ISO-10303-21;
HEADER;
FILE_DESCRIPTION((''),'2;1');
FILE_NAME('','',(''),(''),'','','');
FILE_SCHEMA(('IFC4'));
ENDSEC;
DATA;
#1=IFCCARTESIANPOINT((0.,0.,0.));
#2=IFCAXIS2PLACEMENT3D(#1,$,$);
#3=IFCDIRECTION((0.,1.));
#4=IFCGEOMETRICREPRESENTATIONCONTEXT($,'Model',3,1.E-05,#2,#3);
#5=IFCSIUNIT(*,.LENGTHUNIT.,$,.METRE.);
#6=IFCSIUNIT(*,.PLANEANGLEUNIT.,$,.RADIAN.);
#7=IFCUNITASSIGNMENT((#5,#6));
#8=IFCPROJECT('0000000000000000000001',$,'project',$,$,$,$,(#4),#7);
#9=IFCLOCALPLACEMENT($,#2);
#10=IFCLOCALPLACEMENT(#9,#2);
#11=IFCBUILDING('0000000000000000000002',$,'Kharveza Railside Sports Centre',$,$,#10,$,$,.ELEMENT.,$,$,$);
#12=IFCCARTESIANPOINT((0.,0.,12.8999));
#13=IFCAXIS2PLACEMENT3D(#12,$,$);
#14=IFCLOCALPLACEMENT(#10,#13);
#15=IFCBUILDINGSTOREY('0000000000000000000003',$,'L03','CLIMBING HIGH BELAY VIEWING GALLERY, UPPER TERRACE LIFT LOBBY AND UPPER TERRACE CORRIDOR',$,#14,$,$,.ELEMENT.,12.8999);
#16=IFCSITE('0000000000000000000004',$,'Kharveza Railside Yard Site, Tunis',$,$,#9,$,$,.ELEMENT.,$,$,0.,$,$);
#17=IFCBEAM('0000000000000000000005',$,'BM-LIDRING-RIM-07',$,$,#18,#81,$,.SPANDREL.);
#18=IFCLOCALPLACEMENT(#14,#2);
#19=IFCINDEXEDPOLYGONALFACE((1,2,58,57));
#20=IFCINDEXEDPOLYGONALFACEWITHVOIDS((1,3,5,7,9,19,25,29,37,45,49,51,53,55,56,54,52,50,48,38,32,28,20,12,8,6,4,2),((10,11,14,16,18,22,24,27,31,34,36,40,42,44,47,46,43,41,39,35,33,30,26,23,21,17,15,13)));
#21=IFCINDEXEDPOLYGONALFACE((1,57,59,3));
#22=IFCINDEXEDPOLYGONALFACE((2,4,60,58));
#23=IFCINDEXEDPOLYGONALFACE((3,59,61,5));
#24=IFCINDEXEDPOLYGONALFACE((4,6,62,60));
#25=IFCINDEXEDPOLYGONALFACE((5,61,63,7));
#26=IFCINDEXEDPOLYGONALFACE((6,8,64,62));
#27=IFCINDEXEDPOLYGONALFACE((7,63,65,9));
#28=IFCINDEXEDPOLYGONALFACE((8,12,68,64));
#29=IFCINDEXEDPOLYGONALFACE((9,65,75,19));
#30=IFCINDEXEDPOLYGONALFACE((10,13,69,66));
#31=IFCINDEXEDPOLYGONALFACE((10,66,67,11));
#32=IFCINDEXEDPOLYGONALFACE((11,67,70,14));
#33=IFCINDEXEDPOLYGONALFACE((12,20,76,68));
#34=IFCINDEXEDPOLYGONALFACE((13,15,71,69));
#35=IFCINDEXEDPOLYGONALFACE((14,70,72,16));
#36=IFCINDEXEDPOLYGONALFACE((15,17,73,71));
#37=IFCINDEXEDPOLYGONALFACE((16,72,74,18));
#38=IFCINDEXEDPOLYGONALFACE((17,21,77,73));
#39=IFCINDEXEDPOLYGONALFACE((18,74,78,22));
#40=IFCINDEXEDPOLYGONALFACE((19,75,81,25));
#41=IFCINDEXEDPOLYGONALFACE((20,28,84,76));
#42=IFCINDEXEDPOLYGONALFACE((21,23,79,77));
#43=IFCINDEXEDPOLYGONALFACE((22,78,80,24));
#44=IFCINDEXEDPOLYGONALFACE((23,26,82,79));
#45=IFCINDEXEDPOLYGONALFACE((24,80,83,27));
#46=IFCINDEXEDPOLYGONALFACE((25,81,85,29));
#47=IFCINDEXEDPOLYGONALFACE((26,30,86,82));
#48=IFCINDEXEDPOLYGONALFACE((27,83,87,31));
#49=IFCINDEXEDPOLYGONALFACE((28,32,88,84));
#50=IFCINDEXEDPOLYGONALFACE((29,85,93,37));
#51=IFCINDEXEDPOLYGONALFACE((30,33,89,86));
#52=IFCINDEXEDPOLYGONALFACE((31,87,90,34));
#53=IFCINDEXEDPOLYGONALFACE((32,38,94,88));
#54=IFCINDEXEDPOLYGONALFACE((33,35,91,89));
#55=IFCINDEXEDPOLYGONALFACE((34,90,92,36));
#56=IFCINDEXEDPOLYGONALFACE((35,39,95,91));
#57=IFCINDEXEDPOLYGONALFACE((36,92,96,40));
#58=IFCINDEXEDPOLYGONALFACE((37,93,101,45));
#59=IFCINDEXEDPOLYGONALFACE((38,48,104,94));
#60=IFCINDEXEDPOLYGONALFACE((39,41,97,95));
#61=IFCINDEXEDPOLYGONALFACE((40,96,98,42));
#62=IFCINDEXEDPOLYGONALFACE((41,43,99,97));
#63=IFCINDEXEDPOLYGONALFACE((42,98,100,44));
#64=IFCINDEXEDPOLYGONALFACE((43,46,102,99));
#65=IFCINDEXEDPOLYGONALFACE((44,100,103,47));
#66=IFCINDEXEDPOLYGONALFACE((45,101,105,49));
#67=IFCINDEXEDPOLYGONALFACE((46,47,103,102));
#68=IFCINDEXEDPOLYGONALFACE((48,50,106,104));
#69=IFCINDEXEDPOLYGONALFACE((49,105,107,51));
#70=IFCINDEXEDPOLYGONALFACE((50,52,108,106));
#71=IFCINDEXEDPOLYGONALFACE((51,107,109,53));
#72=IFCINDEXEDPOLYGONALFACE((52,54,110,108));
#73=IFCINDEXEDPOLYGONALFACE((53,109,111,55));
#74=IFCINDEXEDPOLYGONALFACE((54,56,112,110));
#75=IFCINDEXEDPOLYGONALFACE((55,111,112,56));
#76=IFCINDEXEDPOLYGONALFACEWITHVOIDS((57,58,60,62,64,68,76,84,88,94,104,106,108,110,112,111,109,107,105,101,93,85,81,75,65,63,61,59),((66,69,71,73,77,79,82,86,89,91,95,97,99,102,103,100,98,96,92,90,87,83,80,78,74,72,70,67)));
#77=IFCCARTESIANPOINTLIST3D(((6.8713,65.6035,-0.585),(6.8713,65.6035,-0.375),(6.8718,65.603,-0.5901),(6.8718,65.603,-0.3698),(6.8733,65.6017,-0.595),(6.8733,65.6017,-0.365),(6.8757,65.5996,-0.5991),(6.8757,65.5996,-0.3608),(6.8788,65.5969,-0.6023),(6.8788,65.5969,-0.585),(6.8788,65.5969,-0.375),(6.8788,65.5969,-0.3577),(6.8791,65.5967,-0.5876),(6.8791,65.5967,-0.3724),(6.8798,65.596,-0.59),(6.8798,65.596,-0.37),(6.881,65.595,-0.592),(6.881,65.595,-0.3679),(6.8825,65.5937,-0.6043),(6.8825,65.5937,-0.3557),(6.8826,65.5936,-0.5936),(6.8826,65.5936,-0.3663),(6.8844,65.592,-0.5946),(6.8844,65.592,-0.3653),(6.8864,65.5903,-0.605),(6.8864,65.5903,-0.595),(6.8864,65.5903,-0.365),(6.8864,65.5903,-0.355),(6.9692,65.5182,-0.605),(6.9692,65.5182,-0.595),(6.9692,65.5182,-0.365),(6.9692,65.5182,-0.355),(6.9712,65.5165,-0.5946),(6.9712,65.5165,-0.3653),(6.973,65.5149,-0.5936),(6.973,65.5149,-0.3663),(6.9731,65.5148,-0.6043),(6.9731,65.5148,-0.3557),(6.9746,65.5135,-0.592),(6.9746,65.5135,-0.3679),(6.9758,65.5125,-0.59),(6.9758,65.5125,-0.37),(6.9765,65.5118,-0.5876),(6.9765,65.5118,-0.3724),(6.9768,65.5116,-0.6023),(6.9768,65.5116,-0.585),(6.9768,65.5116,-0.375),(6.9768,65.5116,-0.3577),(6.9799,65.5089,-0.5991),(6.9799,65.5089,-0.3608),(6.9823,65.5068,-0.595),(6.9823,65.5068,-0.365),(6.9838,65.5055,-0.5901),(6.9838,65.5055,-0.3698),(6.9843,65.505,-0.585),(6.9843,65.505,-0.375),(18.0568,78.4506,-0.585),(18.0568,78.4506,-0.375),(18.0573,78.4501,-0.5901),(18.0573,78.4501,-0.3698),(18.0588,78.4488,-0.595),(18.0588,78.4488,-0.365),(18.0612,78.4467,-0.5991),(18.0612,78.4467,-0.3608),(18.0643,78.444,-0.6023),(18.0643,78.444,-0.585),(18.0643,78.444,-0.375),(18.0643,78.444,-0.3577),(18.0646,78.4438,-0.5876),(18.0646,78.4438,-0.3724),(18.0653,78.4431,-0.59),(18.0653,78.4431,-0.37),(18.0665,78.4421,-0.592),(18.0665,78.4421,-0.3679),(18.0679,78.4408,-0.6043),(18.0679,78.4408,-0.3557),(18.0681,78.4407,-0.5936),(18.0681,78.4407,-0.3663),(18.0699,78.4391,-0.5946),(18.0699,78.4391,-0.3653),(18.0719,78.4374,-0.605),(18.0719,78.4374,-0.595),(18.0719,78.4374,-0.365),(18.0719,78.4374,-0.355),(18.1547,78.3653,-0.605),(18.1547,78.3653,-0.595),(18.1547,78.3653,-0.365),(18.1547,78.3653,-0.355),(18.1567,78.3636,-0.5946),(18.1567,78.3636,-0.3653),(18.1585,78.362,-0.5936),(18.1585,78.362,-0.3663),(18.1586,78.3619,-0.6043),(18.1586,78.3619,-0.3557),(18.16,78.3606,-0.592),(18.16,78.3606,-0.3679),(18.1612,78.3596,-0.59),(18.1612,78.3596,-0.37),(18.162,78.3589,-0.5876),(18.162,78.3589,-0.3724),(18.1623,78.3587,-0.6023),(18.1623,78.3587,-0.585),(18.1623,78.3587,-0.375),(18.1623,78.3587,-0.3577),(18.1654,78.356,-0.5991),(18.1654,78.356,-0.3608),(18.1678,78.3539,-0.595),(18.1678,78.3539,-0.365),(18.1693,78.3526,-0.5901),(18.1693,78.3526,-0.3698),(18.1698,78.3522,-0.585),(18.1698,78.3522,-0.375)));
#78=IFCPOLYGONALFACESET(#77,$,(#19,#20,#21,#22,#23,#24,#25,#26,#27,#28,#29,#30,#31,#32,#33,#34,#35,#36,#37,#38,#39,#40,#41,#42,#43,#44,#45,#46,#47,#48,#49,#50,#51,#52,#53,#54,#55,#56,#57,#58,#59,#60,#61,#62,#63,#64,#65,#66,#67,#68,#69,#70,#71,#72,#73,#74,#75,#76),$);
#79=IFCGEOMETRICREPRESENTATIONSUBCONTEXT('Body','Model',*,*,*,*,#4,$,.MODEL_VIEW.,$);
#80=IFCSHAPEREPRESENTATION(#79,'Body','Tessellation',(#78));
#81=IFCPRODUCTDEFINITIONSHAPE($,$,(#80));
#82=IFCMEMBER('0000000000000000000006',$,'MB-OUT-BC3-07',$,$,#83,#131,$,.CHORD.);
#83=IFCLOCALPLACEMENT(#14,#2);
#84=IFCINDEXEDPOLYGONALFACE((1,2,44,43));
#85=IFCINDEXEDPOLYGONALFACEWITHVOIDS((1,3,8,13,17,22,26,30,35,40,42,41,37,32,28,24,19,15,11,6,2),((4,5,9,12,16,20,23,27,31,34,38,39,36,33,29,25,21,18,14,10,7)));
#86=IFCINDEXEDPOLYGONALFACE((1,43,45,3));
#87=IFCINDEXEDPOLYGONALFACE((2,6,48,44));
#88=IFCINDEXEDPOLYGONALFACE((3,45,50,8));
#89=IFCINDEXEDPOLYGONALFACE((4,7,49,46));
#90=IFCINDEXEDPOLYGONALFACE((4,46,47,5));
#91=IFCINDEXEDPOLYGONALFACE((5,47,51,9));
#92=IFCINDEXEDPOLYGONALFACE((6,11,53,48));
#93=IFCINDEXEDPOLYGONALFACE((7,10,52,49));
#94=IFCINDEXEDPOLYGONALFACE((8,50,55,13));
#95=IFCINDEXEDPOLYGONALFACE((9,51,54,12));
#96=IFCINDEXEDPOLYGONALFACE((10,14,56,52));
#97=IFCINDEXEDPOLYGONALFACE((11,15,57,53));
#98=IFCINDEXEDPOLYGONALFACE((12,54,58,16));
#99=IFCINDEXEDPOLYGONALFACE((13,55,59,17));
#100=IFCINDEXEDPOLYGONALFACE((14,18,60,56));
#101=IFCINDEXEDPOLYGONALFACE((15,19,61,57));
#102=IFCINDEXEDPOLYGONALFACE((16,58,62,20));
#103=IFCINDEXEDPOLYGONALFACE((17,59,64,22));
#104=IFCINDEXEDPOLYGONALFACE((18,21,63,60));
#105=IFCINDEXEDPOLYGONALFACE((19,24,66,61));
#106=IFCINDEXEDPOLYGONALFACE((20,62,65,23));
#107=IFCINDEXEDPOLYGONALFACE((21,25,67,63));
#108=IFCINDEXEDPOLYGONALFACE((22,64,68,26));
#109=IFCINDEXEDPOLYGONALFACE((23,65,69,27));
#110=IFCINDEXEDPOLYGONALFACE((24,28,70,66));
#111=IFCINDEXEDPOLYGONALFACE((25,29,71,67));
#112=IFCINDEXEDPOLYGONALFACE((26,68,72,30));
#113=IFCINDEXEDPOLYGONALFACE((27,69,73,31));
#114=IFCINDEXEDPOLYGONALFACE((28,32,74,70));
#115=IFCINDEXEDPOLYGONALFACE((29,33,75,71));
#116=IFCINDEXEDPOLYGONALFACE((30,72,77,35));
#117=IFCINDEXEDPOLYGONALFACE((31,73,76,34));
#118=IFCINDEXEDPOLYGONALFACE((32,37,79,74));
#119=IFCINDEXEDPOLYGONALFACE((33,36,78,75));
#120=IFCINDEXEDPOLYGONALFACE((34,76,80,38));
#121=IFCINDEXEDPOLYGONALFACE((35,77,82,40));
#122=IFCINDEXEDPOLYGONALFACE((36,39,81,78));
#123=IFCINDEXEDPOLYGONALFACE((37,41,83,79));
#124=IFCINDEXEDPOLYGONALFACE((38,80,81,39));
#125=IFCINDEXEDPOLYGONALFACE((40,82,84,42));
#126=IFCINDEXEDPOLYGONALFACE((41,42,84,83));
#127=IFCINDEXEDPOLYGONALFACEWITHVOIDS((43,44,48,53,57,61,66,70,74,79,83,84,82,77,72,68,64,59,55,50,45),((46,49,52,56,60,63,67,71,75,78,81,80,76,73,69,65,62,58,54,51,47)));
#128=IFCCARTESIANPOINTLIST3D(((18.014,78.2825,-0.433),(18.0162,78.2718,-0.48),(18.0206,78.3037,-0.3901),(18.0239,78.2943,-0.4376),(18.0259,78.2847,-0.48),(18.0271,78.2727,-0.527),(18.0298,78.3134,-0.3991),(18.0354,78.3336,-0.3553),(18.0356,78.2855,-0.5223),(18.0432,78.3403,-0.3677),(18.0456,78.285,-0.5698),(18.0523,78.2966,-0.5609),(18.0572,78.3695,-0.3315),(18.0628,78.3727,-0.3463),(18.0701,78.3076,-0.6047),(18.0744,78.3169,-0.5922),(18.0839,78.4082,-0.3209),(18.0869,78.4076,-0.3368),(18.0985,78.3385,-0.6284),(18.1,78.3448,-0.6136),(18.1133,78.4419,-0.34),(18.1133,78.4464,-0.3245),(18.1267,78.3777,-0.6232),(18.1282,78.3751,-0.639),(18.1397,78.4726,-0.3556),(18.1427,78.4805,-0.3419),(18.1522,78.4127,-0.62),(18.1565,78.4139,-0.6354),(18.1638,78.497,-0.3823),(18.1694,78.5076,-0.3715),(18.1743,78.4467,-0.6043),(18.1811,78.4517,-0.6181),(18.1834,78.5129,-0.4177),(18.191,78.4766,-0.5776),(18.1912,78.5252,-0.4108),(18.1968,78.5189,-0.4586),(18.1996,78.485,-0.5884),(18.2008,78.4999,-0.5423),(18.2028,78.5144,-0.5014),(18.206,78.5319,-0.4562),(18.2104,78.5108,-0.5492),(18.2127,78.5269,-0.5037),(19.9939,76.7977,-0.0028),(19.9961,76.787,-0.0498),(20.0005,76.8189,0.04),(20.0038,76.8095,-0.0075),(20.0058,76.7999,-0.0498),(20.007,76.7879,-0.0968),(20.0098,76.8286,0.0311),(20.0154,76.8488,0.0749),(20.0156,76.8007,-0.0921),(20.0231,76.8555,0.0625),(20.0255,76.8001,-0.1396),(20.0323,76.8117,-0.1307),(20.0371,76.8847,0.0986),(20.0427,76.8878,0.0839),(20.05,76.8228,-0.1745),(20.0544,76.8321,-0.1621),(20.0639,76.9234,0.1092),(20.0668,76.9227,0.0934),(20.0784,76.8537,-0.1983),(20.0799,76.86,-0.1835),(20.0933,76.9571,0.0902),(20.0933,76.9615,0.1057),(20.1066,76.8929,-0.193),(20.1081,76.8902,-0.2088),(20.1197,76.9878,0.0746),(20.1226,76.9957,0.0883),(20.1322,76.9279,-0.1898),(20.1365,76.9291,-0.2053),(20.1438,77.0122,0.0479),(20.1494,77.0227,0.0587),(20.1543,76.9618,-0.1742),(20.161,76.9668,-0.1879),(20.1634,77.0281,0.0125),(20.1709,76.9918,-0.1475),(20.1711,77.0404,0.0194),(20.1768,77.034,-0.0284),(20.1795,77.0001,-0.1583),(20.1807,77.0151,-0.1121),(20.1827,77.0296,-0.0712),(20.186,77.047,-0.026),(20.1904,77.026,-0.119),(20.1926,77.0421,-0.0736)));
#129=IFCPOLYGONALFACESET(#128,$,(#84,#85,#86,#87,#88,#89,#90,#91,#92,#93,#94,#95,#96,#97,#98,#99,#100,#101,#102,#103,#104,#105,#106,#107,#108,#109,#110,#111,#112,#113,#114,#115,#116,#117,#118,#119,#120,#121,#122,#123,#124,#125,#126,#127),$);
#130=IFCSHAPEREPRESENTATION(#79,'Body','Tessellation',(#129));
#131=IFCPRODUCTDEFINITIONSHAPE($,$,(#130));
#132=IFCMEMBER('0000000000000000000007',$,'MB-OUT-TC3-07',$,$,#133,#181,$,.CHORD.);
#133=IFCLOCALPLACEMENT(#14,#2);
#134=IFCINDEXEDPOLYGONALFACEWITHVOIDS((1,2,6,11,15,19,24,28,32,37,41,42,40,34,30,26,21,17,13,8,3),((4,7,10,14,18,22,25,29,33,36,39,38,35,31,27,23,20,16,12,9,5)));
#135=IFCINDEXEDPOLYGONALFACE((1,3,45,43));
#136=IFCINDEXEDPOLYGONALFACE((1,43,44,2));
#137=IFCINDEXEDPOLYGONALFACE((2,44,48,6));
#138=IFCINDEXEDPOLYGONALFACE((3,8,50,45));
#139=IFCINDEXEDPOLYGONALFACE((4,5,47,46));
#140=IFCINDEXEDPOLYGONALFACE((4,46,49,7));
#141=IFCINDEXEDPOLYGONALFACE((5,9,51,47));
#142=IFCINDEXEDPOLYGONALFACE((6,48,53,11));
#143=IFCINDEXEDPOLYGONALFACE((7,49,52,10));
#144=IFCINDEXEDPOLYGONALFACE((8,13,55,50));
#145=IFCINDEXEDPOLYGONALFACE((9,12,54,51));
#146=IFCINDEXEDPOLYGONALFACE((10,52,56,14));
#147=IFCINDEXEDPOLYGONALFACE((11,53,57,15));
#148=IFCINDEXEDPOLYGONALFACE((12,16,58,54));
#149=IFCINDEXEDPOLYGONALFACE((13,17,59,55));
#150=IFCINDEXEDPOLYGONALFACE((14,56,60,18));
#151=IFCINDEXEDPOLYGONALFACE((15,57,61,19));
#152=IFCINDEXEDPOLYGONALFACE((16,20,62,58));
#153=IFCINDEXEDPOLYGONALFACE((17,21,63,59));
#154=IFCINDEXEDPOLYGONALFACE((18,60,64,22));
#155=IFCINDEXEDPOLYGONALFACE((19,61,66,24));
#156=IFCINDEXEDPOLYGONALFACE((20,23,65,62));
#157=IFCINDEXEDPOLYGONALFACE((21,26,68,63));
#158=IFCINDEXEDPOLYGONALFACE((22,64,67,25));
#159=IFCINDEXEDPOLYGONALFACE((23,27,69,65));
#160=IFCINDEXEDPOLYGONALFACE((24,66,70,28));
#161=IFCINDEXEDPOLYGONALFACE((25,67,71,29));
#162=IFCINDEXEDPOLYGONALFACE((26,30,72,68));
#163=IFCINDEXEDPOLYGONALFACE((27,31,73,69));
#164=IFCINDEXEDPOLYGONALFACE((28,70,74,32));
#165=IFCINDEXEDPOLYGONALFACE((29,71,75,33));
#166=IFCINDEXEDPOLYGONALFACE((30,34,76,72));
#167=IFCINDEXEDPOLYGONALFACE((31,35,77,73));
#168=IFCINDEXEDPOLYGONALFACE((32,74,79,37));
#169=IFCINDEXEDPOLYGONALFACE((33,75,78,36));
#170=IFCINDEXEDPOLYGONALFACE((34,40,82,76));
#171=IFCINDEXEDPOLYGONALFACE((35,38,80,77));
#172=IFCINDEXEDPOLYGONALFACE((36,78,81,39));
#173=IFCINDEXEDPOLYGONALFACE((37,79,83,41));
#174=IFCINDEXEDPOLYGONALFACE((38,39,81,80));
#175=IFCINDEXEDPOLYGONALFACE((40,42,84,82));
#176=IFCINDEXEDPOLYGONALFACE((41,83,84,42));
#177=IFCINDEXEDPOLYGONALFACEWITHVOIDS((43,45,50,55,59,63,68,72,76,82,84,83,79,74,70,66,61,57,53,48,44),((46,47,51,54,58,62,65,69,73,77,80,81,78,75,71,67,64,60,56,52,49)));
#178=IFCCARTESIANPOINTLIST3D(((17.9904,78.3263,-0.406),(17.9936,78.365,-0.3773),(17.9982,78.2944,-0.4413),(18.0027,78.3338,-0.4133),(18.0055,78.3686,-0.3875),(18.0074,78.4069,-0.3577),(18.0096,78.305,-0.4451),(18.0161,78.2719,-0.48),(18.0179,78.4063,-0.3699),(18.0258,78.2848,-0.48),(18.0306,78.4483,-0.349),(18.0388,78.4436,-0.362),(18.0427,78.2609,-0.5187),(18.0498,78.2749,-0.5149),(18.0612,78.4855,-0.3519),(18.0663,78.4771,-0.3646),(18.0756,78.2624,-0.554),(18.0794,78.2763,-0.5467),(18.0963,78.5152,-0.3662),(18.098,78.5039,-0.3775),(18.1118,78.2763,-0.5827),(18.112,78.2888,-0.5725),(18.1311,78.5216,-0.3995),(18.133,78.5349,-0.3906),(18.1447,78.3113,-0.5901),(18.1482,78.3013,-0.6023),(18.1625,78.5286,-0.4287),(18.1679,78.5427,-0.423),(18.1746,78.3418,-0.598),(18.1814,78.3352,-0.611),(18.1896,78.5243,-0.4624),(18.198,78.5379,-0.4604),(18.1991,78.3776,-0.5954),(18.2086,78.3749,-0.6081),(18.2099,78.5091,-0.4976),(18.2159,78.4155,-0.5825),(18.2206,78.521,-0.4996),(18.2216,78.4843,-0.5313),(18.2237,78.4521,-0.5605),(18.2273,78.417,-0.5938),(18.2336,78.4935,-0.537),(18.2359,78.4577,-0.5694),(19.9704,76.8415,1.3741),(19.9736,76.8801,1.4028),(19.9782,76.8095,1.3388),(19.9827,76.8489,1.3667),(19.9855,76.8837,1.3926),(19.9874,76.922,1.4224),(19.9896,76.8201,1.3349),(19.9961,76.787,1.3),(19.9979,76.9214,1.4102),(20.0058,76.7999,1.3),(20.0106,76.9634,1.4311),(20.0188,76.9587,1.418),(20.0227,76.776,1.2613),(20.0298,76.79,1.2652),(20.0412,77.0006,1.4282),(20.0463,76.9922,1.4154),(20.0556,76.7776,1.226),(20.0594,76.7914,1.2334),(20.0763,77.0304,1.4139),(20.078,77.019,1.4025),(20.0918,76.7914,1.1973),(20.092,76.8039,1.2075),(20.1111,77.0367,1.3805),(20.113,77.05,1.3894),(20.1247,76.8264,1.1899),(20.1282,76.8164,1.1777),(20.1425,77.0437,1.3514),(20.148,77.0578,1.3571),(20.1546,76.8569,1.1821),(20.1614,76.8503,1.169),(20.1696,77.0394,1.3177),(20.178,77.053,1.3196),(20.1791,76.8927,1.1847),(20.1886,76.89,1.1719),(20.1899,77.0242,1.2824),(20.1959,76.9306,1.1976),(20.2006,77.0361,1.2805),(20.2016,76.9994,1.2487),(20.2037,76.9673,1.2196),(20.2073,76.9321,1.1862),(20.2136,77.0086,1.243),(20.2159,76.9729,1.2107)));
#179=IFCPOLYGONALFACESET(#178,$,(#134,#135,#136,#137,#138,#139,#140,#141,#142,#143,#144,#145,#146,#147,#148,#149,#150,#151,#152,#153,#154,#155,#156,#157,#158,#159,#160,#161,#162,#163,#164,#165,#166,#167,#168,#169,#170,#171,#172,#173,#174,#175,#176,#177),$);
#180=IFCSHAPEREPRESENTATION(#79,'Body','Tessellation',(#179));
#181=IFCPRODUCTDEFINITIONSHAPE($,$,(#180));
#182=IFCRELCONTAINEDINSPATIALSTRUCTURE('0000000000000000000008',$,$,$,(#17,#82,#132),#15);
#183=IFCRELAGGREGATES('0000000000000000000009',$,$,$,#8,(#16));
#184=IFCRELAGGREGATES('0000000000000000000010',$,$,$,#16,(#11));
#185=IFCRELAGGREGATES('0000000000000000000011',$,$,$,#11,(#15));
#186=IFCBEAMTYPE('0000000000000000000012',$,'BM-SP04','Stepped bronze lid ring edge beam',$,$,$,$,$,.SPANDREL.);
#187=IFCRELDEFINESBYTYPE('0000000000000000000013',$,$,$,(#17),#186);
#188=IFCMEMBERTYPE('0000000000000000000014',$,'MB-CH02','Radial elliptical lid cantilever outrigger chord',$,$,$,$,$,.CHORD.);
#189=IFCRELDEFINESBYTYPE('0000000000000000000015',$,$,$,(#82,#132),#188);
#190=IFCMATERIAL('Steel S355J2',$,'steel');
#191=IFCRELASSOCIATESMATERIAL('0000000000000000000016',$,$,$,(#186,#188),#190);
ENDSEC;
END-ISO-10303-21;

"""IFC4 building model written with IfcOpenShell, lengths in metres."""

from ifc_helpers import new_model, si_unit, direction, frame, origin, origin_2d, place, context, subcontext, project, spatial, hollow_rectangle, hollow_circle, extrude, material, material_profile, profile_set, type_object, element, save


model = new_model("IFC4")

# Units and contexts
model_context = context("Model", 3, precision=1e-05, world=origin(), true_north=direction((0.0, 1.0)))
body_context = subcontext(model_context, "Body", "Model", "MODEL_VIEW")
ifc_project = project(units=[si_unit("LENGTHUNIT", "METRE"), si_unit("PLANEANGLEUNIT", "RADIAN")], contexts=[model_context])

# Site, building, storey
site_placement = place(None, origin())
site = spatial("IfcSite", under=ifc_project, at=site_placement, Name="Kharveza Railside Yard Site, Tunis", CompositionType="ELEMENT", RefElevation=0.0)
building_placement = place(site_placement, origin())
building = spatial("IfcBuilding", under=site, at=building_placement, Name="Kharveza Railside Sports Centre", CompositionType="ELEMENT")
storey_placement = place(building_placement, frame((0.0, 0.0, 12.8999)))
storey = spatial("IfcBuildingStorey", under=building, at=storey_placement, Name="L03", Description="CLIMBING HIGH BELAY VIEWING GALLERY, UPPER TERRACE LIFT LOBBY AND UPPER TERRACE CORRIDOR", CompositionType="ELEMENT", Elevation=12.8999)

# Shared definitions
ifc_material_1 = material(Name="Steel S355J2", Category="steel")

# Beam
ifc_material_profile_1 = material_profile(ifc_material_1, hollow_rectangle(XDim=0.1499, YDim=0.25, WallThickness=0.01, InnerFilletRadius=0.01, OuterFilletRadius=0.02, at=origin_2d()), Name="RHS 150x250x10.0")
ifc_profile_set_1 = profile_set([ifc_material_profile_1], Name="Steel S355J2")
beam_type_1 = type_object("IfcBeamType", Name="BM-SP04", Description="Stepped bronze lid ring edge beam", PredefinedType="SPANDREL", material=ifc_profile_set_1)
beam_1_placement = place(storey_placement, frame((18.1133, 78.4014, -0.48), z_axis=(-0.65665, -0.754196, 0.0), x_axis=(0.754196, -0.65665, 0.0)))
element("IfcBeam", 1, at=beam_1_placement, inside=storey, type_object=beam_type_1, Name="BM-LIDRING-RIM-07", PredefinedType="SPANDREL", context=body_context, shape_type="SweptSolid", body=[
    extrude(hollow_rectangle(XDim=0.1499, YDim=0.25, WallThickness=0.01, InnerFilletRadius=0.01, OuterFilletRadius=0.02, at=origin_2d()), origin(), (0.0, 0.0, 1.0), 17.0342),
])

# Members
ifc_material_profile_2 = material_profile(ifc_material_1, hollow_circle(Radius=0.1619, WallThickness=0.0161, at=origin_2d()), Name="CHS 323.9x16.0")
ifc_profile_set_2 = profile_set([ifc_material_profile_2], Name="Steel S355J2")
member_type_1 = type_object("IfcMemberType", Name="MB-CH02", Description="Radial elliptical lid cantilever outrigger chord", PredefinedType="CHORD", material=ifc_profile_set_2)
member_1_placement = place(storey_placement, frame((20.0933, 76.9165, -0.0498), z_axis=(-0.788206, 0.591106, -0.171248), x_axis=(-0.599968, -0.800024, 0.0)))
element("IfcMember", 2, at=member_1_placement, inside=storey, type_object=member_type_1, Name="MB-OUT-BC3-07", PredefinedType="CHORD", context=body_context, shape_type="SweptSolid", body=[
    extrude(hollow_circle(Radius=0.1619, WallThickness=0.0161, at=origin_2d()), origin(), (0.0, 0.0, 1.0), 2.512),
])
member_2_placement = place(storey_placement, frame((20.0933, 76.9165, 1.3), z_axis=(-0.649483, 0.487072, -0.583894), x_axis=(-0.599968, -0.800024, 0.0)))
element("IfcMember", 3, at=member_2_placement, inside=storey, type_object=member_type_1, Name="MB-OUT-TC3-07", PredefinedType="CHORD", context=body_context, shape_type="SweptSolid", body=[
    extrude(hollow_circle(Radius=0.1619, WallThickness=0.0161, at=origin_2d()), origin(), (0.0, 0.0, 1.0), 3.0486),
])

save(model, "model.ifc")
